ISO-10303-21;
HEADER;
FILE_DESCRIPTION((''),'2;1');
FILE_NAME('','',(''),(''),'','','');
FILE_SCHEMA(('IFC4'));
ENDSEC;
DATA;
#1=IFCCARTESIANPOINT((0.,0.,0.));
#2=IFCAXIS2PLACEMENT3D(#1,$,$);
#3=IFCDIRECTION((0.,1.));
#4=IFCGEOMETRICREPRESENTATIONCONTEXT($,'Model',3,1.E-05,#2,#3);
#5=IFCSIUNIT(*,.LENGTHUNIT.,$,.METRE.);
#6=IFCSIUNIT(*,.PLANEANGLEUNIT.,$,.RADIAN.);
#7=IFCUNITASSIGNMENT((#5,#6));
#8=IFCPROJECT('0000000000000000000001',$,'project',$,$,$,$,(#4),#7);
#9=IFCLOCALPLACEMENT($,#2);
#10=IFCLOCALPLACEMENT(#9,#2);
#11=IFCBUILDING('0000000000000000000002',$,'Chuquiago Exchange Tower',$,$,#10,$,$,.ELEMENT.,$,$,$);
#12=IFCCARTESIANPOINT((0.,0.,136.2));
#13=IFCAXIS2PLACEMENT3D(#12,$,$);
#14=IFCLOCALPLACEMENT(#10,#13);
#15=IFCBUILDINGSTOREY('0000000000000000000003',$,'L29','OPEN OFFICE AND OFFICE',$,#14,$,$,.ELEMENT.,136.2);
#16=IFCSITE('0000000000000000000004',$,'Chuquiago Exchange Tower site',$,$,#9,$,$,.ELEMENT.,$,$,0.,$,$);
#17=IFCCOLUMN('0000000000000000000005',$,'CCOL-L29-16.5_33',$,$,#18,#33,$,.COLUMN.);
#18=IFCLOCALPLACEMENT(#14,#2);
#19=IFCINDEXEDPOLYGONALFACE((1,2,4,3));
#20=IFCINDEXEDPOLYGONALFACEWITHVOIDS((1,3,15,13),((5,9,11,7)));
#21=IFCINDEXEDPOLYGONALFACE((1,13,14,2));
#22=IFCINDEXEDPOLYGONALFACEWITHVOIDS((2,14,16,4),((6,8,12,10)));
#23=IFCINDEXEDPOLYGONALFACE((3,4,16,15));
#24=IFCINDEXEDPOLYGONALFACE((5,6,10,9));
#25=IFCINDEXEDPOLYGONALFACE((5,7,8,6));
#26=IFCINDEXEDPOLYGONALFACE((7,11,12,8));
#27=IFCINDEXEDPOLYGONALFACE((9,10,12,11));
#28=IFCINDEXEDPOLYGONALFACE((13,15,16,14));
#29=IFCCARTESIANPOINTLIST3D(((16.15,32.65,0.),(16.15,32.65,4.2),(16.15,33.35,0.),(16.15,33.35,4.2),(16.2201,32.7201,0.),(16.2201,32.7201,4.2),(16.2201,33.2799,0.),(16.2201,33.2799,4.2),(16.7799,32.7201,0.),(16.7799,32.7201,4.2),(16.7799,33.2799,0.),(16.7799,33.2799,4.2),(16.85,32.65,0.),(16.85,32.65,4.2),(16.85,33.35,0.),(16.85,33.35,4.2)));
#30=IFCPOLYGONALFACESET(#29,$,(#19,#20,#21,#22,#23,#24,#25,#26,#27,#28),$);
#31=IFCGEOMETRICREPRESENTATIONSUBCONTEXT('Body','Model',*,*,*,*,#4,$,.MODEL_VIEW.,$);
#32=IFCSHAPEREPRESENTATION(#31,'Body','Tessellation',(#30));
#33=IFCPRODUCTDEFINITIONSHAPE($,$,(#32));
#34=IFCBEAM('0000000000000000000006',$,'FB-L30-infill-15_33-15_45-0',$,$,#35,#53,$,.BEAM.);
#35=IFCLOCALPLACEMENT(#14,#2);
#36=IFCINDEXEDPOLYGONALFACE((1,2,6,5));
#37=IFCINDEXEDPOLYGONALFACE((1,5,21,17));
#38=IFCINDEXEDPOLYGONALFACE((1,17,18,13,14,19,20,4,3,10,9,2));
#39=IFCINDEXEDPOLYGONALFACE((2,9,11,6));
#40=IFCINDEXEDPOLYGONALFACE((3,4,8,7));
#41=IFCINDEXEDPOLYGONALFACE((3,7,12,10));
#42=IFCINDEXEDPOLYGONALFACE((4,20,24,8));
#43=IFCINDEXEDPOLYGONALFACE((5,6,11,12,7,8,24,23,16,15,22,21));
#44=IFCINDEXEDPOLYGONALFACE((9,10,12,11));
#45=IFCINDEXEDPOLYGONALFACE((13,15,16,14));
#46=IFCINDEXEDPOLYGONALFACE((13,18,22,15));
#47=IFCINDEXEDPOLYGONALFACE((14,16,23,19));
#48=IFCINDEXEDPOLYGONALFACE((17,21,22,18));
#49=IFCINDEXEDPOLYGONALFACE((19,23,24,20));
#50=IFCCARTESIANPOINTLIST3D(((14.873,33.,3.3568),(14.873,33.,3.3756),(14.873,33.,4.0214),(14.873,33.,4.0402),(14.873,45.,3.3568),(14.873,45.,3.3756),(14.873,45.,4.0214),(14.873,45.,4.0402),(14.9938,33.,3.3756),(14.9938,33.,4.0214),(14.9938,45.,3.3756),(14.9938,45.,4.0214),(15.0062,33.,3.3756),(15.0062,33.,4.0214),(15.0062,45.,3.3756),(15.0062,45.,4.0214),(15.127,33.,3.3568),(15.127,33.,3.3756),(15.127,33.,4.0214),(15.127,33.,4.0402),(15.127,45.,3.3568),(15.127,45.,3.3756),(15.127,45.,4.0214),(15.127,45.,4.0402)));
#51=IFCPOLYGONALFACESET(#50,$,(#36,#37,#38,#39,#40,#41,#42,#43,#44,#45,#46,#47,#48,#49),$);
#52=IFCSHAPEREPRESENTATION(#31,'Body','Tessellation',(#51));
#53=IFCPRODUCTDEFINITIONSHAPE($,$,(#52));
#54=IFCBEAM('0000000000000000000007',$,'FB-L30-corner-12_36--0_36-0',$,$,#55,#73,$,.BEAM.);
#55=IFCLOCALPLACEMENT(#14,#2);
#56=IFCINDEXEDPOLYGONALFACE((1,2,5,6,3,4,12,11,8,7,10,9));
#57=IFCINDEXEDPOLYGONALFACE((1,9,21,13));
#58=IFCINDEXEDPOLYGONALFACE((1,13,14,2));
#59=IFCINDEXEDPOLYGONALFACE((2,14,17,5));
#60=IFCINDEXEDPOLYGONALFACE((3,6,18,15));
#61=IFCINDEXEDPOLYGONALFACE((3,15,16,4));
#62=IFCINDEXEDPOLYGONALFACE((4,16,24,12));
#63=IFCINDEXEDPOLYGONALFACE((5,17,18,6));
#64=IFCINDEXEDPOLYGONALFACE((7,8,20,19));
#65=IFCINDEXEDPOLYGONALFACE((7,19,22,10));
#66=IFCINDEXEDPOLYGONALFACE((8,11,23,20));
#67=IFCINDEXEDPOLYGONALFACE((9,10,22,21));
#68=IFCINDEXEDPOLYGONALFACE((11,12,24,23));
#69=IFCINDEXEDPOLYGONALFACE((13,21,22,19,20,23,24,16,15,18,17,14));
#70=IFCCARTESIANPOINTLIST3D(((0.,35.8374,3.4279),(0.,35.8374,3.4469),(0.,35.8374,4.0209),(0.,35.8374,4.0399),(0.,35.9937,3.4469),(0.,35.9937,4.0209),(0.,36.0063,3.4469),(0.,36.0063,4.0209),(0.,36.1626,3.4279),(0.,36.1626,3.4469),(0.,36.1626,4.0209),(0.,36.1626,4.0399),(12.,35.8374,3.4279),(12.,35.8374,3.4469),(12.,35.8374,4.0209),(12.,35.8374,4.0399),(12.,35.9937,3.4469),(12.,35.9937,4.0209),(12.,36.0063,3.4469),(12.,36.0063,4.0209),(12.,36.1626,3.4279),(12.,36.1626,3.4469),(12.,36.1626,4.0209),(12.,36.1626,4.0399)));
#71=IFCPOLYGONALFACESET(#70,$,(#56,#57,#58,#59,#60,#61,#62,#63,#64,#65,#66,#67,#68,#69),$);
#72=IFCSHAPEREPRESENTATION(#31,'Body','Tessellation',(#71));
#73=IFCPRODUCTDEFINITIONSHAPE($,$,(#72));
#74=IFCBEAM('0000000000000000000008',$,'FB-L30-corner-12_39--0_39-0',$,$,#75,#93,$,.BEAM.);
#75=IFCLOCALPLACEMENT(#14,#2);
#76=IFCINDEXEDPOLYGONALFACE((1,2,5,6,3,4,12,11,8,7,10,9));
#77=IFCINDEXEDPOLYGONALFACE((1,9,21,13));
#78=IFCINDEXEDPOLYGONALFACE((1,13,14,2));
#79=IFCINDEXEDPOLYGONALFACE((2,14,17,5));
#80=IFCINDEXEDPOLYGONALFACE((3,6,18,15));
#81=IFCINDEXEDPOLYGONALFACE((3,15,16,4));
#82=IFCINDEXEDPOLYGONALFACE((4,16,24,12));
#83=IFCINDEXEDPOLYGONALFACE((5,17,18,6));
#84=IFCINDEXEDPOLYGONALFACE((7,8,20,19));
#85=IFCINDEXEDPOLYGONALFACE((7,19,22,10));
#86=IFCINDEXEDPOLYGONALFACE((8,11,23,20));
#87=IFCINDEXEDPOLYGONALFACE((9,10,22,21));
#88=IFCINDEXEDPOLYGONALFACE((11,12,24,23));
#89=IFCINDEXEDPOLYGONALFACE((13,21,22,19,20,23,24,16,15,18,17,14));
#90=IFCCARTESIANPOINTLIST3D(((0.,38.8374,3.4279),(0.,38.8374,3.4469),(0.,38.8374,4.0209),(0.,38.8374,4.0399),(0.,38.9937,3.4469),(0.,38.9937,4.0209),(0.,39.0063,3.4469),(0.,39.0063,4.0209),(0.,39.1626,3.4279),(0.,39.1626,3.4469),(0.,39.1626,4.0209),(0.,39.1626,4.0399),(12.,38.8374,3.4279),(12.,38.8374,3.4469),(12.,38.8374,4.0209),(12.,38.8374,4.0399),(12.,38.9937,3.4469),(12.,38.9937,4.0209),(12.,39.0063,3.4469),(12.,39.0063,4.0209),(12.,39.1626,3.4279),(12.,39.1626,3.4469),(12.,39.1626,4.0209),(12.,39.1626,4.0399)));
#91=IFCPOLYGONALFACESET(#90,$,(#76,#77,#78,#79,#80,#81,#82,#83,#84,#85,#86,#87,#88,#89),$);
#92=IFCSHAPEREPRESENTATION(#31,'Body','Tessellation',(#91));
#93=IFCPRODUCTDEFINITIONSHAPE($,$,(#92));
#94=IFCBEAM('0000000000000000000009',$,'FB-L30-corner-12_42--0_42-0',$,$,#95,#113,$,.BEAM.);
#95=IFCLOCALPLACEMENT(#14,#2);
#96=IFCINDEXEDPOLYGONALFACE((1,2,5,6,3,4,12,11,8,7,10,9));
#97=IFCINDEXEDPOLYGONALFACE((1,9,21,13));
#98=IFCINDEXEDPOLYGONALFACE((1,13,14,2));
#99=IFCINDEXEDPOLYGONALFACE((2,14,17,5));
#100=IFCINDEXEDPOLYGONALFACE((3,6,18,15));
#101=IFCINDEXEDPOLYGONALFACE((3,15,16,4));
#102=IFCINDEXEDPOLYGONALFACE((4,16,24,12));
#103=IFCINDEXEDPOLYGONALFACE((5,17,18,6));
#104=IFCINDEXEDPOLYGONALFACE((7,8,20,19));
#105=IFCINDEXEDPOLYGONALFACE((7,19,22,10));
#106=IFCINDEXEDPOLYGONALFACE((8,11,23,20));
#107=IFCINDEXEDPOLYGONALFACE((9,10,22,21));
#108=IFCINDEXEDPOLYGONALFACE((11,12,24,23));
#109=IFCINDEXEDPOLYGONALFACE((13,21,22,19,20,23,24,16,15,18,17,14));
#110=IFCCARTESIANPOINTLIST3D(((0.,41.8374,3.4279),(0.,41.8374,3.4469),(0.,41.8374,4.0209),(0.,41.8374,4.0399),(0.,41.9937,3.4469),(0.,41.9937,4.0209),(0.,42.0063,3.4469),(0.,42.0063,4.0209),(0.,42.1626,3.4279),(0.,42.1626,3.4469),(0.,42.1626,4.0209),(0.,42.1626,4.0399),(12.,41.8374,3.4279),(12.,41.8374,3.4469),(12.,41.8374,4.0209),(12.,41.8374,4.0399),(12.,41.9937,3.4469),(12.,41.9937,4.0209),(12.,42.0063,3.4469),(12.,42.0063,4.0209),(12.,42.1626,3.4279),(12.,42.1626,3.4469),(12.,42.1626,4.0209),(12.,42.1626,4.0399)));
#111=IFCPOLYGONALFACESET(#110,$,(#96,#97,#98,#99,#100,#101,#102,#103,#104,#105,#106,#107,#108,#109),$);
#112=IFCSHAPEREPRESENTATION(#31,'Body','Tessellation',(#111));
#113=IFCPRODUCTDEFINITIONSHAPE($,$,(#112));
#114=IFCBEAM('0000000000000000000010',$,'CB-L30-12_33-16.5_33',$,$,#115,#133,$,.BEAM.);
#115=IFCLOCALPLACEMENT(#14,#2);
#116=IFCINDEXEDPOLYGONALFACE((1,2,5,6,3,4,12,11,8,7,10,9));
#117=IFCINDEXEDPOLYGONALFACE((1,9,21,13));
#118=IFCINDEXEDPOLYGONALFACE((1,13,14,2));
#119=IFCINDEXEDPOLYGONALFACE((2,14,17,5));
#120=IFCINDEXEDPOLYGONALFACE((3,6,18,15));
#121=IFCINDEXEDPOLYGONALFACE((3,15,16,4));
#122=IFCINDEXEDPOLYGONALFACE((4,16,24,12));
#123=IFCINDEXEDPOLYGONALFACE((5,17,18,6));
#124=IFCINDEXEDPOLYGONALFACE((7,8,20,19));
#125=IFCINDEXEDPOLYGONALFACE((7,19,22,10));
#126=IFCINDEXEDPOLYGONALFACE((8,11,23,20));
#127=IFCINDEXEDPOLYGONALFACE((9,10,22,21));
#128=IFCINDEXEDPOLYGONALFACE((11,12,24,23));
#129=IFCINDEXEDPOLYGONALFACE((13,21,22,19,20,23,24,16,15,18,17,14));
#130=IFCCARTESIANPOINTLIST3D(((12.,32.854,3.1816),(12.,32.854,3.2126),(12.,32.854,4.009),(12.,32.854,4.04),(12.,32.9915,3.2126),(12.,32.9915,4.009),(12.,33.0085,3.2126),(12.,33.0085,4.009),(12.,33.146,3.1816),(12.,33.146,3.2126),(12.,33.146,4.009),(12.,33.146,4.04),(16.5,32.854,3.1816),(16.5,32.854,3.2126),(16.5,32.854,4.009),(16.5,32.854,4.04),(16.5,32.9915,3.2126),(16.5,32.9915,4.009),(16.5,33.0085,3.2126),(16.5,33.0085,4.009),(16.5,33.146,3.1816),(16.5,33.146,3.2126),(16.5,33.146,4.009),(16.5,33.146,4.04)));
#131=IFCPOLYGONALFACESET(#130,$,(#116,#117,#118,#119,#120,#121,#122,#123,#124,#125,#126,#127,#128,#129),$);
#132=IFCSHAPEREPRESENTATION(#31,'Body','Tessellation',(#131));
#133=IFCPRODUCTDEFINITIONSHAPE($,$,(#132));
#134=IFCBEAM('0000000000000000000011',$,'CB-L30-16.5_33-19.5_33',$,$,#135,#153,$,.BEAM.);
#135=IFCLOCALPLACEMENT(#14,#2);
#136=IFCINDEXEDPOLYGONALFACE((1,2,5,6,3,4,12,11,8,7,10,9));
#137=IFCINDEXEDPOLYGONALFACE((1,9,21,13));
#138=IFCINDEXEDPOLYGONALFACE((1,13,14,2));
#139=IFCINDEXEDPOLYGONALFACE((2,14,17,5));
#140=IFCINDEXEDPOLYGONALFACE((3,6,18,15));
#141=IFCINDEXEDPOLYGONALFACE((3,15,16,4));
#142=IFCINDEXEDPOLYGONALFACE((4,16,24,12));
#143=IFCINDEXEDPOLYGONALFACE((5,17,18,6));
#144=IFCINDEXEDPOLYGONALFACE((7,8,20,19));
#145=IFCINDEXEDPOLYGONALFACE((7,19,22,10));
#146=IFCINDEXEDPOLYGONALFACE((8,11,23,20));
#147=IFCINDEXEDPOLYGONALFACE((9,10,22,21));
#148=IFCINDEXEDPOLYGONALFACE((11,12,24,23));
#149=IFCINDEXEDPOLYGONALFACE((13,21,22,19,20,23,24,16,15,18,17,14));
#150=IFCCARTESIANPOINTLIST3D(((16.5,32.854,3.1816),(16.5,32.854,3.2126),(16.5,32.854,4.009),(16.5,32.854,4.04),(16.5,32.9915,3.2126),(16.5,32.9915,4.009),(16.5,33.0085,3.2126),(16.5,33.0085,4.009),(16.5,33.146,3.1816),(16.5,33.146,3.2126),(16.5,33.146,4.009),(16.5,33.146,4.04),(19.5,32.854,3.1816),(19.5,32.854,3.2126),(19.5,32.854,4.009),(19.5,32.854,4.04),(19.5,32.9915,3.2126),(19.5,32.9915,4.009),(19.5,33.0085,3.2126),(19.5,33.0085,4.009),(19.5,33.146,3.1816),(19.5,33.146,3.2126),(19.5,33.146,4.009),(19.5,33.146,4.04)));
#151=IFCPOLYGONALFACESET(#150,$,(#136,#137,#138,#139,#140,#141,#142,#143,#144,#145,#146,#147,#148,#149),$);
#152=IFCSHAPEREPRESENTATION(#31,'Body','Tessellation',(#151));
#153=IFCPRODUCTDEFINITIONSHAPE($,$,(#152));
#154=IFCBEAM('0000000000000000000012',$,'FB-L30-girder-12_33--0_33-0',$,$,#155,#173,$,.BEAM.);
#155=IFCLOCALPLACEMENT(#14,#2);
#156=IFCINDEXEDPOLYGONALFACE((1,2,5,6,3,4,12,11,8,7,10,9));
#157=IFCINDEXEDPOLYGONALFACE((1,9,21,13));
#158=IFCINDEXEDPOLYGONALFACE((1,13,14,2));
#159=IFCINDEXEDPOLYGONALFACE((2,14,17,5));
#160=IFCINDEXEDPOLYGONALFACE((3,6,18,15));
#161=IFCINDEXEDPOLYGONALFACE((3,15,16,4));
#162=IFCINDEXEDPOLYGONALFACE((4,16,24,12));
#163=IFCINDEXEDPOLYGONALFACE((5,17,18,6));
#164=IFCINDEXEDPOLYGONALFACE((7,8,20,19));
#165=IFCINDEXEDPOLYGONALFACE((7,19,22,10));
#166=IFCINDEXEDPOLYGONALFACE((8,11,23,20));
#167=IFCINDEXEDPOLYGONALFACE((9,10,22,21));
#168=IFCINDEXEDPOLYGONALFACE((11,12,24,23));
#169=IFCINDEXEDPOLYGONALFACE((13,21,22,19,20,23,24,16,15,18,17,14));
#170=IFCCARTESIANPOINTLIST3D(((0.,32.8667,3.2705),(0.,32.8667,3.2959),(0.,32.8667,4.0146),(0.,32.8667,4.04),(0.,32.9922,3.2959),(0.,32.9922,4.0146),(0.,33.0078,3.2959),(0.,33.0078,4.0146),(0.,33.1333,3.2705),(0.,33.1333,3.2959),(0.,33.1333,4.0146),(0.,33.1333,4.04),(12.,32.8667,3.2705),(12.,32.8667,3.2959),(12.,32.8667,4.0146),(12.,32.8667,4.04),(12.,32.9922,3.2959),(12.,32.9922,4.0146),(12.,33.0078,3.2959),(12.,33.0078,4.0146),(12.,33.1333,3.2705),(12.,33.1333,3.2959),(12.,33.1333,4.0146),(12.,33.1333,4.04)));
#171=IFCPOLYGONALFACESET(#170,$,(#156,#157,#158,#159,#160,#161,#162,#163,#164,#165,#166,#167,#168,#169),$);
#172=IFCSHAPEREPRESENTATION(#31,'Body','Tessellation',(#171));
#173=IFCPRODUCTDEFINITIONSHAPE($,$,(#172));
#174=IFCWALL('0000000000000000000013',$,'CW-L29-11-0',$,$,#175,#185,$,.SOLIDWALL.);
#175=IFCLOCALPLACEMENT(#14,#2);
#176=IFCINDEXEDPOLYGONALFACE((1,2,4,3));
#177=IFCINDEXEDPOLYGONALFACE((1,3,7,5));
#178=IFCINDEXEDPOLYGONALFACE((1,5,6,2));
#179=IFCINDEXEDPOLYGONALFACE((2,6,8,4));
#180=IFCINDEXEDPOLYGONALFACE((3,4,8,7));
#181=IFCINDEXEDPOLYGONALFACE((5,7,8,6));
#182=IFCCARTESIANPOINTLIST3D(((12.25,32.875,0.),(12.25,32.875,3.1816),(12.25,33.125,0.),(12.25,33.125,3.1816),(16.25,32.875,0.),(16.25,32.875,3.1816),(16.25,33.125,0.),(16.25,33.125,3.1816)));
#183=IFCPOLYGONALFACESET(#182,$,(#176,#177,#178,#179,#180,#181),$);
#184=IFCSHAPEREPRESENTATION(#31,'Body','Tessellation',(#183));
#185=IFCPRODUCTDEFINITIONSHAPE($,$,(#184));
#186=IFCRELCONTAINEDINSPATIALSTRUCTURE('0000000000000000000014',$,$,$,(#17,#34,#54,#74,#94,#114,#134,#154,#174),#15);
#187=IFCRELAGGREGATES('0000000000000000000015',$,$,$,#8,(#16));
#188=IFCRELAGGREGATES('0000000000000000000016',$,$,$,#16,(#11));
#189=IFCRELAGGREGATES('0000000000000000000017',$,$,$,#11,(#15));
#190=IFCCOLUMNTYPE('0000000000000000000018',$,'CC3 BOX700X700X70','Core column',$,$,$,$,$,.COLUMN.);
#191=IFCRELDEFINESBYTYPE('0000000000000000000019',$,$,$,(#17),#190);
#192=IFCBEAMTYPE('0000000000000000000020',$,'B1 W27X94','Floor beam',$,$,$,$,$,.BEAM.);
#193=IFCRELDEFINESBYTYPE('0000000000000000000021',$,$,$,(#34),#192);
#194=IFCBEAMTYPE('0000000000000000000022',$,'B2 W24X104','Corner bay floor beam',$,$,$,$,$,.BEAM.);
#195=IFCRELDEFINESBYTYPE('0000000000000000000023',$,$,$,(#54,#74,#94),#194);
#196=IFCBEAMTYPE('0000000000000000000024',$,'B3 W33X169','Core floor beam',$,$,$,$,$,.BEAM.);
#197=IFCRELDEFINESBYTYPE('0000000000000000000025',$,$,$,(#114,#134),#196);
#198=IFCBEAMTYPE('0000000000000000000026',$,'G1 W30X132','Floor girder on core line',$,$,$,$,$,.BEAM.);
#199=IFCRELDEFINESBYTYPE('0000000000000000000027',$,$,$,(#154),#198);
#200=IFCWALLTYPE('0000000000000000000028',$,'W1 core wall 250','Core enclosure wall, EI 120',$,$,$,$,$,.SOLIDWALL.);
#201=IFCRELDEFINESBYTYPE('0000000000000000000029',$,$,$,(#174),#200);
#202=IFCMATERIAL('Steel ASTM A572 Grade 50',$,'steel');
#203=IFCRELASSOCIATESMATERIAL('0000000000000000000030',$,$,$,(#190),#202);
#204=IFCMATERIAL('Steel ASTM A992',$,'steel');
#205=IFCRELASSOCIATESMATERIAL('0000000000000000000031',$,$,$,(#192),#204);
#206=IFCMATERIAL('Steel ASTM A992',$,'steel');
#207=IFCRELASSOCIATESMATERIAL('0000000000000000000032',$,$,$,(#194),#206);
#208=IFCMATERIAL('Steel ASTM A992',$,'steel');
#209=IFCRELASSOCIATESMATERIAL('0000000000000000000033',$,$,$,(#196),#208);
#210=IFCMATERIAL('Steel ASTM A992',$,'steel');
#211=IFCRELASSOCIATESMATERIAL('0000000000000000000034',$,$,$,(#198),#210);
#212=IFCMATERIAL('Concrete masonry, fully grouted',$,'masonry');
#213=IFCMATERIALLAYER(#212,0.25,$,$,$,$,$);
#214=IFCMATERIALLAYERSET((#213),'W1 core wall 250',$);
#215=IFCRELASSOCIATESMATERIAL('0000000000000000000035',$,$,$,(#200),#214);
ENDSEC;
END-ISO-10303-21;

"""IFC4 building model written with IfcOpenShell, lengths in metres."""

from ifc_helpers import new_model, si_unit, direction, frame, frame_2d, origin, origin_2d, place, context, subcontext, project, spatial, rectangle, hollow_rectangle, i_section, extrude, material, layer, layer_set, material_profile, profile_set, type_object, element, save


model = new_model("IFC4")

# Units and contexts
model_context = context("Model", 3, precision=1e-05, world=origin(), true_north=direction((0.0, 1.0)))
body_context = subcontext(model_context, "Body", "Model", "MODEL_VIEW")
ifc_project = project(units=[si_unit("LENGTHUNIT", "METRE"), si_unit("PLANEANGLEUNIT", "RADIAN")], contexts=[model_context])

# Site, building, storey
site_placement = place(None, origin())
site = spatial("IfcSite", under=ifc_project, at=site_placement, Name="Chuquiago Exchange Tower site", CompositionType="ELEMENT", RefElevation=0.0)
building_placement = place(site_placement, origin())
building = spatial("IfcBuilding", under=site, at=building_placement, Name="Chuquiago Exchange Tower", CompositionType="ELEMENT")
storey_placement = place(building_placement, frame((0.0, 0.0, 136.2)))
storey = spatial("IfcBuildingStorey", under=building, at=storey_placement, Name="L29", Description="OPEN OFFICE AND OFFICE", CompositionType="ELEMENT", Elevation=136.2)

# Column
ifc_material_1 = material(Name="Steel ASTM A572 Grade 50", Category="steel")
ifc_material_profile_1 = material_profile(ifc_material_1, hollow_rectangle(XDim=0.7, YDim=0.7, WallThickness=0.0701, at=origin_2d()), Name="BOX700X700X70")
ifc_profile_set_1 = profile_set([ifc_material_profile_1], Name="Steel ASTM A572 Grade 50")
column_type = type_object("IfcColumnType", Name="CC3 BOX700X700X70", Description="Core column", PredefinedType="COLUMN", material=ifc_profile_set_1)
column_placement = place(storey_placement, frame((16.5, 33.0, 0.0), z_axis=(0.0, 0.0, 1.0), x_axis=(1.0, 0.0, 0.0)))
element("IfcColumn", 1, at=column_placement, inside=storey, type_object=column_type, Name="CCOL-L29-16.5_33", PredefinedType="COLUMN", context=body_context, shape_type="SweptSolid", body=[
    extrude(hollow_rectangle(XDim=0.7, YDim=0.7, WallThickness=0.0701, at=origin_2d()), origin(), (0.0, 0.0, 1.0), 4.2),
])

# Beams
ifc_material_2 = material(Name="Steel ASTM A992", Category="steel")
ifc_material_profile_2 = material_profile(ifc_material_2, i_section(OverallWidth=0.2539, OverallDepth=0.6833, WebThickness=0.0125, FlangeThickness=0.0188, at=origin_2d()), Name="W27X94")
ifc_profile_set_2 = profile_set([ifc_material_profile_2], Name="Steel ASTM A992")
beam_type_1 = type_object("IfcBeamType", Name="B1 W27X94", Description="Floor beam", PredefinedType="BEAM", material=ifc_profile_set_2)
beam_1_placement = place(storey_placement, frame((15.0, 33.0, 3.6985), z_axis=(0.0, 1.0, 0.0), x_axis=(-1.0, 0.0, 0.0)))
element("IfcBeam", 2, at=beam_1_placement, inside=storey, type_object=beam_type_1, Name="FB-L30-infill-15_33-15_45-0", PredefinedType="BEAM", context=body_context, shape_type="SweptSolid", body=[
    extrude(i_section(OverallWidth=0.2539, OverallDepth=0.6833, WebThickness=0.0125, FlangeThickness=0.0188, at=origin_2d()), origin(), (0.0, 0.0, 1.0), 12.0),
])
ifc_material_3 = material(Name="Steel ASTM A992", Category="steel")
ifc_material_profile_3 = material_profile(ifc_material_3, i_section(OverallWidth=0.3252, OverallDepth=0.6121, WebThickness=0.0127, FlangeThickness=0.019, at=origin_2d()), Name="W24X104")
ifc_profile_set_3 = profile_set([ifc_material_profile_3], Name="Steel ASTM A992")
beam_type_2 = type_object("IfcBeamType", Name="B2 W24X104", Description="Corner bay floor beam", PredefinedType="BEAM", material=ifc_profile_set_3)
for number, where, z_axis, x_axis, name in (
    (3, (12.0, 36.0, 3.7339), (-1.0, 0.0, 0.0), (0.0, -1.0, 0.0), "FB-L30-corner-12_36--0_36-0"),
    (4, (12.0, 39.0, 3.7339), (-1.0, 0.0, 0.0), (0.0, -1.0, 0.0), "FB-L30-corner-12_39--0_39-0"),
    (5, (12.0, 42.0, 3.7339), (-1.0, 0.0, 0.0), (0.0, -1.0, 0.0), "FB-L30-corner-12_42--0_42-0"),
):
    element("IfcBeam", number, at=place(storey_placement, frame(where, z_axis=z_axis, x_axis=x_axis)), inside=storey, type_object=beam_type_2, Name=name, PredefinedType="BEAM", context=body_context, shape_type="SweptSolid", body=[
        extrude(i_section(OverallWidth=0.3252, OverallDepth=0.6121, WebThickness=0.0127, FlangeThickness=0.019, at=origin_2d()), origin(), (0.0, 0.0, 1.0), 12.0),
    ])
ifc_material_4 = material(Name="Steel ASTM A992", Category="steel")
ifc_material_profile_4 = material_profile(ifc_material_4, i_section(OverallWidth=0.292, OverallDepth=0.8584, WebThickness=0.0171, FlangeThickness=0.031, at=origin_2d()), Name="W33X169")
ifc_profile_set_4 = profile_set([ifc_material_profile_4], Name="Steel ASTM A992")
beam_type_3 = type_object("IfcBeamType", Name="B3 W33X169", Description="Core floor beam", PredefinedType="BEAM", material=ifc_profile_set_4)
beam_2_placement = place(storey_placement, frame((12.0, 33.0, 3.6108), z_axis=(1.0, 0.0, 0.0), x_axis=(0.0, 1.0, 0.0)))
element("IfcBeam", 6, at=beam_2_placement, inside=storey, type_object=beam_type_3, Name="CB-L30-12_33-16.5_33", PredefinedType="BEAM", context=body_context, shape_type="SweptSolid", body=[
    extrude(i_section(OverallWidth=0.292, OverallDepth=0.8584, WebThickness=0.0171, FlangeThickness=0.031, at=origin_2d()), origin(), (0.0, 0.0, 1.0), 4.5),
])
beam_3_placement = place(storey_placement, frame((16.5, 33.0, 3.6108), z_axis=(1.0, 0.0, 0.0), x_axis=(0.0, 1.0, 0.0)))
element("IfcBeam", 7, at=beam_3_placement, inside=storey, type_object=beam_type_3, Name="CB-L30-16.5_33-19.5_33", PredefinedType="BEAM", context=body_context, shape_type="SweptSolid", body=[
    extrude(i_section(OverallWidth=0.292, OverallDepth=0.8584, WebThickness=0.0171, FlangeThickness=0.031, at=origin_2d()), origin(), (0.0, 0.0, 1.0), 3.0),
])
ifc_material_5 = material(Name="Steel ASTM A992", Category="steel")
ifc_material_profile_5 = material_profile(ifc_material_5, i_section(OverallWidth=0.2666, OverallDepth=0.7695, WebThickness=0.0156, FlangeThickness=0.0254, at=origin_2d()), Name="W30X132")
ifc_profile_set_5 = profile_set([ifc_material_profile_5], Name="Steel ASTM A992")
beam_type_4 = type_object("IfcBeamType", Name="G1 W30X132", Description="Floor girder on core line", PredefinedType="BEAM", material=ifc_profile_set_5)
beam_4_placement = place(storey_placement, frame((12.0, 33.0, 3.6553), z_axis=(-1.0, 0.0, 0.0), x_axis=(0.0, -1.0, 0.0)))
element("IfcBeam", 8, at=beam_4_placement, inside=storey, type_object=beam_type_4, Name="FB-L30-girder-12_33--0_33-0", PredefinedType="BEAM", context=body_context, shape_type="SweptSolid", body=[
    extrude(i_section(OverallWidth=0.2666, OverallDepth=0.7695, WebThickness=0.0156, FlangeThickness=0.0254, at=origin_2d()), origin(), (0.0, 0.0, 1.0), 12.0),
])

# Wall
ifc_material_6 = material(Name="Concrete masonry, fully grouted", Category="masonry")
ifc_layer_1 = layer(ifc_material_6, 0.25)
ifc_layer_set_1 = layer_set([ifc_layer_1], Name="W1 core wall 250")
wall_type_1 = type_object("IfcWallType", Name="W1 core wall 250", Description="Core enclosure wall, EI 120", PredefinedType="SOLIDWALL", material=ifc_layer_set_1)
wall_1_placement = place(storey_placement, frame((12.25, 33.0, 0.0), z_axis=(0.0, 0.0, 1.0), x_axis=(1.0, 0.0, 0.0)))
element("IfcWall", 9, at=wall_1_placement, inside=storey, type_object=wall_type_1, Name="CW-L29-11-0", PredefinedType="SOLIDWALL", context=body_context, shape_type="SweptSolid", body=[
    extrude(rectangle(XDim=4.0, YDim=0.25, at=frame_2d((2.0, 0.0))), origin(), (0.0, 0.0, 1.0), 3.1816),
])

save(model, "model.ifc")
